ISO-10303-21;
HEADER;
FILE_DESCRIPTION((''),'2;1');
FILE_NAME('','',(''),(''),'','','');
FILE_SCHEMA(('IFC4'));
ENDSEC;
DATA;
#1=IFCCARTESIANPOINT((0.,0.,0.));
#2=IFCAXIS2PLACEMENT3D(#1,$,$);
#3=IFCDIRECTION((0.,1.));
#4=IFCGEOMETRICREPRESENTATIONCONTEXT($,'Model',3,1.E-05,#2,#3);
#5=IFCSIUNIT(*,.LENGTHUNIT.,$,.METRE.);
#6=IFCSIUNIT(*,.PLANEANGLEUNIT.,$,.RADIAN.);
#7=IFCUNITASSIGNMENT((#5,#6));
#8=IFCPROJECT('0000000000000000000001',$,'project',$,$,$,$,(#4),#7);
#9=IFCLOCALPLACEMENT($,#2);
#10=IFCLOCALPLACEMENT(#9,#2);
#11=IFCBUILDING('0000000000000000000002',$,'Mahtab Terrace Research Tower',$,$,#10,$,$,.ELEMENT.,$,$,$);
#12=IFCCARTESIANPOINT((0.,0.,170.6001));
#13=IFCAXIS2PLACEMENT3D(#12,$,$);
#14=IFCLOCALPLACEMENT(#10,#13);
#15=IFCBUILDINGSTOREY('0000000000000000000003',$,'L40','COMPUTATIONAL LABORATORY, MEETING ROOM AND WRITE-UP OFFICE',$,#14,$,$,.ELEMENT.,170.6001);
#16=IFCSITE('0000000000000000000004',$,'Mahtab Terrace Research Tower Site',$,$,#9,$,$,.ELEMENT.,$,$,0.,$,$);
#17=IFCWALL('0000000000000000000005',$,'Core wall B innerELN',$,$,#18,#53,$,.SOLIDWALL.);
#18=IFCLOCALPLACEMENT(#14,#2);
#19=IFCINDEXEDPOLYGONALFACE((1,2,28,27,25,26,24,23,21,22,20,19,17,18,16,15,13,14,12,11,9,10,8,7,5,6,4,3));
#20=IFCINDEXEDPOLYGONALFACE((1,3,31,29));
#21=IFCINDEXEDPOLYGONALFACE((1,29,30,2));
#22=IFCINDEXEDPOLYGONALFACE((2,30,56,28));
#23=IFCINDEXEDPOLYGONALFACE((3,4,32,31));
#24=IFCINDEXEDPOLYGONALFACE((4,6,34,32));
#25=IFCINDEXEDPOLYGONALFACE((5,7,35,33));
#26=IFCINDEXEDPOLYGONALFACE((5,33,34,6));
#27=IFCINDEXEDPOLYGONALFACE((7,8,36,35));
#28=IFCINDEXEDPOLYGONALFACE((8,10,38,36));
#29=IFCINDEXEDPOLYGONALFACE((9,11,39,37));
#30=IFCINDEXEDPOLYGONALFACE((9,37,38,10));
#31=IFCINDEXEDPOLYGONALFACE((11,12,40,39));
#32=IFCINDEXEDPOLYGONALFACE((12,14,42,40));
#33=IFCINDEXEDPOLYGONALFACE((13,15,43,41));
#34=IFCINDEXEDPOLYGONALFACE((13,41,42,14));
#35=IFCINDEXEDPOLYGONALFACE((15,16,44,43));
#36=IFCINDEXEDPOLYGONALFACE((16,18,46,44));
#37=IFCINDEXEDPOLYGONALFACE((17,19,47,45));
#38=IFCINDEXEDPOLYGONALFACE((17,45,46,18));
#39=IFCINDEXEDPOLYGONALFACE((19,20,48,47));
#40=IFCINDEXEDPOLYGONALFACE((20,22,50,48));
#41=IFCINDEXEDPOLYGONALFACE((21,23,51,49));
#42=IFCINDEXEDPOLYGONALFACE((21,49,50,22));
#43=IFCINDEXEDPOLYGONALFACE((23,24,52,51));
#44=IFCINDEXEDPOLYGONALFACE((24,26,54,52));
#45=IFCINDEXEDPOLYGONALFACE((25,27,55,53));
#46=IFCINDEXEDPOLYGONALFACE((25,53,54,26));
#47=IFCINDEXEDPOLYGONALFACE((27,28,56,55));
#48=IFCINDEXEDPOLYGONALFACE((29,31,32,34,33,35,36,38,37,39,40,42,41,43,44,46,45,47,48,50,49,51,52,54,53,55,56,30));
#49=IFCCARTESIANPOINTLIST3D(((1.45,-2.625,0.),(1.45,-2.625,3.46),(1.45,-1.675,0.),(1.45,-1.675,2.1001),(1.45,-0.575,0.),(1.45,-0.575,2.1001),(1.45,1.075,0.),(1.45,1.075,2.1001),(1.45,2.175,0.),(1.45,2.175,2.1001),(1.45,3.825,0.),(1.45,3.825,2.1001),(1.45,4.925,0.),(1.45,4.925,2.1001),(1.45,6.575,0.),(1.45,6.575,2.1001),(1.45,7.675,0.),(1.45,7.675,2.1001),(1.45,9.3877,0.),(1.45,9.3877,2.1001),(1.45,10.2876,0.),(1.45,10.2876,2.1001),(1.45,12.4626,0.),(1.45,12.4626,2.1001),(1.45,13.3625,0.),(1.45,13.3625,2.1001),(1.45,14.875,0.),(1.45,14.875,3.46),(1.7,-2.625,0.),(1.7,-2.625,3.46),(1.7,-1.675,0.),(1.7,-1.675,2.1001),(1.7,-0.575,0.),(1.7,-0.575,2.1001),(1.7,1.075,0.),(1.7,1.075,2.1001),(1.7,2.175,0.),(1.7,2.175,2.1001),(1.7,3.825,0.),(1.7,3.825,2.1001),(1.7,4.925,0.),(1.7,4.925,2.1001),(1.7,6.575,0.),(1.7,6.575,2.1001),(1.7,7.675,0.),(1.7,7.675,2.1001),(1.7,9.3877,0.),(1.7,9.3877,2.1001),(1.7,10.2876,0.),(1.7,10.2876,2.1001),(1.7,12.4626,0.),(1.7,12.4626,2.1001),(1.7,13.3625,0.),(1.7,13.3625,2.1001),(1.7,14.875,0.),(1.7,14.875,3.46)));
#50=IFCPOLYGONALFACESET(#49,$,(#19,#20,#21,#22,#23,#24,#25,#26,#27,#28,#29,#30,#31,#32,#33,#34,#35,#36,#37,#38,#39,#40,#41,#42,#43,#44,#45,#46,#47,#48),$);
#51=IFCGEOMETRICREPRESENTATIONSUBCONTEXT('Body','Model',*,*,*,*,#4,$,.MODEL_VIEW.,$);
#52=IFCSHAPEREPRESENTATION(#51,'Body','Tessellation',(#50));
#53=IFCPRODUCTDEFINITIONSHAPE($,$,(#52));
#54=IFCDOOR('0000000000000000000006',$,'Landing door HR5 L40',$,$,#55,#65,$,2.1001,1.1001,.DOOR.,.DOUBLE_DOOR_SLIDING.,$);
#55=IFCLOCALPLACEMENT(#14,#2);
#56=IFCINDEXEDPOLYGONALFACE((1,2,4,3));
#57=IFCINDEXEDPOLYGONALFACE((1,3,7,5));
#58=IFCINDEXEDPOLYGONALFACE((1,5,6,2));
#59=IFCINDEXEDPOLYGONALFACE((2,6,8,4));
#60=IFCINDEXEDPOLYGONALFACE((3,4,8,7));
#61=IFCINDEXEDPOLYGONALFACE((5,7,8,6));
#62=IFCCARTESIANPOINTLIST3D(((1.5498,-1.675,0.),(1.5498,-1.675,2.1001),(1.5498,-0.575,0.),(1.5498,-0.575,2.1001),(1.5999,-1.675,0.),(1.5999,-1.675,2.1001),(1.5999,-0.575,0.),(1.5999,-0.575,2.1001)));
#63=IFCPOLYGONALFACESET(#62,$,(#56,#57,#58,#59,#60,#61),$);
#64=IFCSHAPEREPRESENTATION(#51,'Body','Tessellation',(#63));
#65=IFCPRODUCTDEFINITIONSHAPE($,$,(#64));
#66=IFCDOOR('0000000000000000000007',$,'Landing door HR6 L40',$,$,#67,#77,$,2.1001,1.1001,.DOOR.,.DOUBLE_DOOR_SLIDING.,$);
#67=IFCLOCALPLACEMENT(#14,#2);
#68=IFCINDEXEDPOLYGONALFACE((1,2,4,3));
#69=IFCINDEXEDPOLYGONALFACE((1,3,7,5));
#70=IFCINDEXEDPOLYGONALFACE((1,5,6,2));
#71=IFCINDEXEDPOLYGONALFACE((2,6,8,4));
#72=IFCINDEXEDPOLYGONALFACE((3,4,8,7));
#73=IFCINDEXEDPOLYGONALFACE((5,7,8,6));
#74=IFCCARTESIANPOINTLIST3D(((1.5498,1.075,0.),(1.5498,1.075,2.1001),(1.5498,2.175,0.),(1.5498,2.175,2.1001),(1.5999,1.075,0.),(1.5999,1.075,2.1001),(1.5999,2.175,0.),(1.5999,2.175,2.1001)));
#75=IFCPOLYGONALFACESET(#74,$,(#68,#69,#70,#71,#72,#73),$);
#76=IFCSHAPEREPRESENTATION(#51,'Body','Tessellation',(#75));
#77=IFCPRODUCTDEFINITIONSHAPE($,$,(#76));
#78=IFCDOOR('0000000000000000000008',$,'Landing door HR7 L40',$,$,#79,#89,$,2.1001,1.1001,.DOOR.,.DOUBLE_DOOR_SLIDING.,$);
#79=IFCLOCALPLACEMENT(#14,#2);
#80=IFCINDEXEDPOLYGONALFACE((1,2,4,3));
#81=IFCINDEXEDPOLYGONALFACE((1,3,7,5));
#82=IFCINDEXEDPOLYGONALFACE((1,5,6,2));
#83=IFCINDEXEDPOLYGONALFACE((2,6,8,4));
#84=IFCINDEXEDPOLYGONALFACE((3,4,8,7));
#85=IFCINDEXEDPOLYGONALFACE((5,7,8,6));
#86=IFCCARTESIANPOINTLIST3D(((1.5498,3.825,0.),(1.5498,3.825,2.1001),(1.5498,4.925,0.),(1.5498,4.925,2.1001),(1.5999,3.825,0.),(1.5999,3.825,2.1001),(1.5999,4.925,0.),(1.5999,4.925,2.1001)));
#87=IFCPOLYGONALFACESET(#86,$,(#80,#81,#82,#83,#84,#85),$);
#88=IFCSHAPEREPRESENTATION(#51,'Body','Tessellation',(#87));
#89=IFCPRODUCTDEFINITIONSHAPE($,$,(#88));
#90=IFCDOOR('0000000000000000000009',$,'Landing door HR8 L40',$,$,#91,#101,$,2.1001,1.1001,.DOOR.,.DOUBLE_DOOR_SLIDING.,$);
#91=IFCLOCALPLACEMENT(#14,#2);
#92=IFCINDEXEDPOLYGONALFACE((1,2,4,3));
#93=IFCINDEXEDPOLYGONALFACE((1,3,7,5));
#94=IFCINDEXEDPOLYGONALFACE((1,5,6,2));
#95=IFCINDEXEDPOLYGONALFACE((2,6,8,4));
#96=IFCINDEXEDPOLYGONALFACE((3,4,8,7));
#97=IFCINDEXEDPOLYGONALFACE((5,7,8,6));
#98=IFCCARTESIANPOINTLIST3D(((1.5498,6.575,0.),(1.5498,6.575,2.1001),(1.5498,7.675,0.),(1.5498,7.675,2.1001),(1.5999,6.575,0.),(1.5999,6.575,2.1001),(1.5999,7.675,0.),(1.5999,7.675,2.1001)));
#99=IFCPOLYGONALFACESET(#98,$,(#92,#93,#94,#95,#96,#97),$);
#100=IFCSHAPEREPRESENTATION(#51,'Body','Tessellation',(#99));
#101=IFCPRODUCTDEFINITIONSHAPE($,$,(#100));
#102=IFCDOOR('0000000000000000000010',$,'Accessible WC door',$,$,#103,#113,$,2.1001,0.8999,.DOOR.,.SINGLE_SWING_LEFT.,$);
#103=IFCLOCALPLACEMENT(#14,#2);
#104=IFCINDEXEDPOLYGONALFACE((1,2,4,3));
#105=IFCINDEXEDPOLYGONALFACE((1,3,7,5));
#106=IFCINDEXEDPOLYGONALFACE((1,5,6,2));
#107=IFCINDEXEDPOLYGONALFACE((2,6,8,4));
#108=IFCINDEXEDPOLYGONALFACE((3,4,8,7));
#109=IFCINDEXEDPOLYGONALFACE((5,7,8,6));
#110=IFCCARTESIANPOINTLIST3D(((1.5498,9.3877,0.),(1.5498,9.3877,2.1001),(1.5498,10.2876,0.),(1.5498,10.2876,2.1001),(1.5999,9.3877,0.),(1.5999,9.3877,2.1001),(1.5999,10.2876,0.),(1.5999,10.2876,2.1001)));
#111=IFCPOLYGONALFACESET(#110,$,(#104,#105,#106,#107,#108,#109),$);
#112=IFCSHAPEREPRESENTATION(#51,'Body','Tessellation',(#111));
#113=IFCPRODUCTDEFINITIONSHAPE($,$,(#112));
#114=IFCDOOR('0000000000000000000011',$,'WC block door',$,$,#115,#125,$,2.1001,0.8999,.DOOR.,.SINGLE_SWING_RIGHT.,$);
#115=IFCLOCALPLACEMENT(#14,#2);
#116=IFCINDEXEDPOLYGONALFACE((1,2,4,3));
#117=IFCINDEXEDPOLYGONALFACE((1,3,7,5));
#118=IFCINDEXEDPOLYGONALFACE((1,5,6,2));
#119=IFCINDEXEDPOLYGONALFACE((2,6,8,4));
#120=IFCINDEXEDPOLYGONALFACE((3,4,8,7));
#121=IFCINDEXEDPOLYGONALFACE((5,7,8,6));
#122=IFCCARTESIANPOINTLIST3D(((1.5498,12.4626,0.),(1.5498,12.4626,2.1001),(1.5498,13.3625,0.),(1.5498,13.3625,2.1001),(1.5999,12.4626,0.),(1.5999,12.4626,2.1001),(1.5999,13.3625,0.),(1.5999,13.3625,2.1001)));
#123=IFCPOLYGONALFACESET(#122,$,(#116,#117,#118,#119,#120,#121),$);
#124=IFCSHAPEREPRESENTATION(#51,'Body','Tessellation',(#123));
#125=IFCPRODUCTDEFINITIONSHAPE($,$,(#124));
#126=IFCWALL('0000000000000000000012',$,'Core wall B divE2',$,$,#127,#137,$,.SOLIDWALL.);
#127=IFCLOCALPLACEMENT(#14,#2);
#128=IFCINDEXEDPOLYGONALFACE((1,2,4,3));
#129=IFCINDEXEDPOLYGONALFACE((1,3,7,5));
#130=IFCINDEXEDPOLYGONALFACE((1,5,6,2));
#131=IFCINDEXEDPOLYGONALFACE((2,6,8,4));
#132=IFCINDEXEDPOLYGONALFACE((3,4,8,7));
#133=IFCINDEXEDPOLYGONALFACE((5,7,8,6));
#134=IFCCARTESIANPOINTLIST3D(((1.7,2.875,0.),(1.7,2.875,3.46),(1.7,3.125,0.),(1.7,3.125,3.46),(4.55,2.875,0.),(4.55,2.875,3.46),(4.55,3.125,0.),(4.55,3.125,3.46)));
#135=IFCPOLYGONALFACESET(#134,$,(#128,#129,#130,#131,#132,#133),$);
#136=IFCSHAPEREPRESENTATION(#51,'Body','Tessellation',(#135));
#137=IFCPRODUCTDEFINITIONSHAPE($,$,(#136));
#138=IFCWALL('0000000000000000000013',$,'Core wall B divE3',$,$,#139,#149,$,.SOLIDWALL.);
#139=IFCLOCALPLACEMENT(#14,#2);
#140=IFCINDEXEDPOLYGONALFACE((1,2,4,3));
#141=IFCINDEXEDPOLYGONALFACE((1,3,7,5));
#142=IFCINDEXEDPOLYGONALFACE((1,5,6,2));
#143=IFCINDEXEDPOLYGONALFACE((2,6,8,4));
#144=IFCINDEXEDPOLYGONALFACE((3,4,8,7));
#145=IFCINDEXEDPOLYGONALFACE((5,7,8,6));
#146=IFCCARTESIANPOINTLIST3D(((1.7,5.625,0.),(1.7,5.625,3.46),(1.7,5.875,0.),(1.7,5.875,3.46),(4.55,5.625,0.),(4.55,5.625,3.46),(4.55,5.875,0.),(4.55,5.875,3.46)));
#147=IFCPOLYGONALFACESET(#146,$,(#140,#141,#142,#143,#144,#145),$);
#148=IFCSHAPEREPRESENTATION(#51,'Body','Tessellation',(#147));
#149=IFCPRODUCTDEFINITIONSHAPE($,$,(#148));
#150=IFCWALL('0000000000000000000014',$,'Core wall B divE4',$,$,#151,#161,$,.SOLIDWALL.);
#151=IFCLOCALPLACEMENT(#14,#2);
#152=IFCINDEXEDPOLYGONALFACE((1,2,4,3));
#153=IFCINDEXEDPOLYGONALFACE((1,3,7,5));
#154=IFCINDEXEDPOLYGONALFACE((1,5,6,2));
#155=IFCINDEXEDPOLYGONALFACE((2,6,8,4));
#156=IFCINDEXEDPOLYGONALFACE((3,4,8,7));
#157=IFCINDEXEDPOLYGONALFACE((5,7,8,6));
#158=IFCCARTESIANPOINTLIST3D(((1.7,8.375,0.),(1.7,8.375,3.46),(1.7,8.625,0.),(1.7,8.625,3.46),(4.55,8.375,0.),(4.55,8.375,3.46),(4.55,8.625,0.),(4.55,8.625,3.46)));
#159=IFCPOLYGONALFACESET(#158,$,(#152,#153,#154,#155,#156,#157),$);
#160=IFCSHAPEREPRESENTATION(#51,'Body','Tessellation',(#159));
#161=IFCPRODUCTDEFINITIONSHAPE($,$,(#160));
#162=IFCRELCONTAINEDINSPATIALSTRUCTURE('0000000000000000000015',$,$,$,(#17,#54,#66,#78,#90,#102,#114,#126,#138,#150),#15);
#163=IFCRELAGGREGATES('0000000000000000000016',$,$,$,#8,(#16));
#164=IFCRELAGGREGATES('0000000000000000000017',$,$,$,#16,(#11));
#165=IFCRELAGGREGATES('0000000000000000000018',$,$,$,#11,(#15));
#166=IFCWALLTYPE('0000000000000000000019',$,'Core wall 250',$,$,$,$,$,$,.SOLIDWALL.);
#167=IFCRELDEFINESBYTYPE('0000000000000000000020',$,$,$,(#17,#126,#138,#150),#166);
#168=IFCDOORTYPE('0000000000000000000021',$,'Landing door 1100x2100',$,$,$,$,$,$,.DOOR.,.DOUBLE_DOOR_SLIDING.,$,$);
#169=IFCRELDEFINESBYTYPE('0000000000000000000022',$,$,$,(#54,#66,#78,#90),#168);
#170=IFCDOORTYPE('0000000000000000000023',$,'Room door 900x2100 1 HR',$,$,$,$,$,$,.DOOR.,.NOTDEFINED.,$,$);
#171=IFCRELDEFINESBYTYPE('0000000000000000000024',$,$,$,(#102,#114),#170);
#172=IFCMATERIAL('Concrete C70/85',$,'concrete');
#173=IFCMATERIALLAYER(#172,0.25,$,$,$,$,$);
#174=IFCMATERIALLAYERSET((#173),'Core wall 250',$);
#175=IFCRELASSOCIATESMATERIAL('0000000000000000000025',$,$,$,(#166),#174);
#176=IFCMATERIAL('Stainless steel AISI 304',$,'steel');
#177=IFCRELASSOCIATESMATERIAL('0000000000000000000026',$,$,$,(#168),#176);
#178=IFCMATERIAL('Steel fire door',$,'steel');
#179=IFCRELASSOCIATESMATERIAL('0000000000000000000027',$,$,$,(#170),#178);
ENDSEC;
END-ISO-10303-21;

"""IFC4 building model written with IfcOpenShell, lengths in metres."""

from ifc_helpers import new_model, si_unit, direction, frame, frame_2d, origin, place, context, subcontext, project, spatial, rectangle, extrude, material, layer, layer_set, type_object, element, fill, save


model = new_model("IFC4")

# Units and contexts
model_context = context("Model", 3, precision=1e-05, world=origin(), true_north=direction((0.0, 1.0)))
body_context = subcontext(model_context, "Body", "Model", "MODEL_VIEW")
ifc_project = project(units=[si_unit("LENGTHUNIT", "METRE"), si_unit("PLANEANGLEUNIT", "RADIAN")], contexts=[model_context])

# Site, building, storey
site_placement = place(None, origin())
site = spatial("IfcSite", under=ifc_project, at=site_placement, Name="Mahtab Terrace Research Tower Site", CompositionType="ELEMENT", RefElevation=0.0)
building_placement = place(site_placement, origin())
building = spatial("IfcBuilding", under=site, at=building_placement, Name="Mahtab Terrace Research Tower", CompositionType="ELEMENT")
storey_placement = place(building_placement, frame((0.0, 0.0, 170.6001)))
storey = spatial("IfcBuildingStorey", under=building, at=storey_placement, Name="L40", Description="COMPUTATIONAL LABORATORY, MEETING ROOM AND WRITE-UP OFFICE", CompositionType="ELEMENT", Elevation=170.6001)

# Shared definitions
ifc_material_1 = material(Name="Concrete C70/85", Category="concrete")

# Wall, openings, doors
ifc_layer_1 = layer(ifc_material_1, 0.25)
ifc_layer_set_1 = layer_set([ifc_layer_1], Name="Core wall 250")
wall_type_1 = type_object("IfcWallType", Name="Core wall 250", PredefinedType="SOLIDWALL", material=ifc_layer_set_1)
wall_1_placement = place(storey_placement, frame((1.575, 14.875, 0.0), z_axis=(0.0, 0.0, 1.0), x_axis=(0.0, -1.0, 0.0)))
wall_1 = element("IfcWall", 1, at=wall_1_placement, inside=storey, type_object=wall_type_1, Name="Core wall B innerELN", PredefinedType="SOLIDWALL", context=body_context, shape_type="SweptSolid", body=[
    extrude(rectangle(XDim=17.5, YDim=0.25, at=frame_2d((8.75, 0.0))), origin(), (0.0, 0.0, 1.0), 3.46),
])
opening_1_placement = place(wall_1_placement, frame((15.45, 0.0, 0.0)))
opening_1 = element("IfcOpeningElement", 2, at=opening_1_placement, cuts=wall_1, PredefinedType="OPENING", context=body_context, shape_type="SweptSolid", body=[
    extrude(rectangle(XDim=1.1001, YDim=2.1001, at=frame_2d((0.55, 1.05))), frame((0.0, 0.135, 0.0), z_axis=(0.0, -1.0, 0.0), x_axis=(1.0, 0.0, 0.0)), (0.0, 0.0, 1.0), 0.27),
])
opening_2_placement = place(wall_1_placement, frame((12.7, 0.0, 0.0)))
opening_2 = element("IfcOpeningElement", 3, at=opening_2_placement, cuts=wall_1, PredefinedType="OPENING", context=body_context, shape_type="SweptSolid", body=[
    extrude(rectangle(XDim=1.1001, YDim=2.1001, at=frame_2d((0.55, 1.05))), frame((0.0, 0.135, 0.0), z_axis=(0.0, -1.0, 0.0), x_axis=(1.0, 0.0, 0.0)), (0.0, 0.0, 1.0), 0.27),
])
opening_3_placement = place(wall_1_placement, frame((9.95, 0.0, 0.0)))
opening_3 = element("IfcOpeningElement", 4, at=opening_3_placement, cuts=wall_1, PredefinedType="OPENING", context=body_context, shape_type="SweptSolid", body=[
    extrude(rectangle(XDim=1.1001, YDim=2.1001, at=frame_2d((0.55, 1.05))), frame((0.0, 0.135, 0.0), z_axis=(0.0, -1.0, 0.0), x_axis=(1.0, 0.0, 0.0)), (0.0, 0.0, 1.0), 0.27),
])
opening_4_placement = place(wall_1_placement, frame((7.2, 0.0, 0.0)))
opening_4 = element("IfcOpeningElement", 5, at=opening_4_placement, cuts=wall_1, PredefinedType="OPENING", context=body_context, shape_type="SweptSolid", body=[
    extrude(rectangle(XDim=1.1001, YDim=2.1001, at=frame_2d((0.55, 1.05))), frame((0.0, 0.135, 0.0), z_axis=(0.0, -1.0, 0.0), x_axis=(1.0, 0.0, 0.0)), (0.0, 0.0, 1.0), 0.27),
])
opening_5_placement = place(wall_1_placement, frame((4.5874, 0.0, 0.0)))
opening_5 = element("IfcOpeningElement", 6, at=opening_5_placement, cuts=wall_1, PredefinedType="OPENING", context=body_context, shape_type="SweptSolid", body=[
    extrude(rectangle(XDim=0.8999, YDim=2.1001, at=frame_2d((0.45, 1.05))), frame((0.0, 0.135, 0.0), z_axis=(0.0, -1.0, 0.0), x_axis=(1.0, 0.0, 0.0)), (0.0, 0.0, 1.0), 0.27),
])
opening_6_placement = place(wall_1_placement, frame((1.5125, 0.0, 0.0)))
opening_6 = element("IfcOpeningElement", 7, at=opening_6_placement, cuts=wall_1, PredefinedType="OPENING", context=body_context, shape_type="SweptSolid", body=[
    extrude(rectangle(XDim=0.8999, YDim=2.1001, at=frame_2d((0.45, 1.05))), frame((0.0, 0.135, 0.0), z_axis=(0.0, -1.0, 0.0), x_axis=(1.0, 0.0, 0.0)), (0.0, 0.0, 1.0), 0.27),
])
ifc_material_2 = material(Name="Stainless steel AISI 304", Category="steel")
door_type_1 = type_object("IfcDoorType", Name="Landing door 1100x2100", OperationType="DOUBLE_DOOR_SLIDING", PredefinedType="DOOR", material=ifc_material_2)
door_1_placement = place(opening_1_placement, origin())
door_1 = element("IfcDoor", 8, at=door_1_placement, inside=storey, type_object=door_type_1, Name="Landing door HR5 L40", OperationType="DOUBLE_DOOR_SLIDING", OverallHeight=2.1001, OverallWidth=1.1001, PredefinedType="DOOR", context=body_context, shape_type="SweptSolid", body=[
    extrude(rectangle(XDim=1.1001, YDim=2.1001, at=frame_2d((0.55, 1.05))), frame((0.0, 0.0249, 0.0), z_axis=(0.0, -1.0, 0.0), x_axis=(1.0, 0.0, 0.0)), (0.0, 0.0, 1.0), 0.05),
])
fill(opening_1, door_1)
door_2_placement = place(opening_2_placement, origin())
door_2 = element("IfcDoor", 9, at=door_2_placement, inside=storey, type_object=door_type_1, Name="Landing door HR6 L40", OperationType="DOUBLE_DOOR_SLIDING", OverallHeight=2.1001, OverallWidth=1.1001, PredefinedType="DOOR", context=body_context, shape_type="SweptSolid", body=[
    extrude(rectangle(XDim=1.1001, YDim=2.1001, at=frame_2d((0.55, 1.05))), frame((0.0, 0.0249, 0.0), z_axis=(0.0, -1.0, 0.0), x_axis=(1.0, 0.0, 0.0)), (0.0, 0.0, 1.0), 0.05),
])
fill(opening_2, door_2)
door_3_placement = place(opening_3_placement, origin())
door_3 = element("IfcDoor", 10, at=door_3_placement, inside=storey, type_object=door_type_1, Name="Landing door HR7 L40", OperationType="DOUBLE_DOOR_SLIDING", OverallHeight=2.1001, OverallWidth=1.1001, PredefinedType="DOOR", context=body_context, shape_type="SweptSolid", body=[
    extrude(rectangle(XDim=1.1001, YDim=2.1001, at=frame_2d((0.55, 1.05))), frame((0.0, 0.0249, 0.0), z_axis=(0.0, -1.0, 0.0), x_axis=(1.0, 0.0, 0.0)), (0.0, 0.0, 1.0), 0.05),
])
fill(opening_3, door_3)
door_4_placement = place(opening_4_placement, origin())
door_4 = element("IfcDoor", 11, at=door_4_placement, inside=storey, type_object=door_type_1, Name="Landing door HR8 L40", OperationType="DOUBLE_DOOR_SLIDING", OverallHeight=2.1001, OverallWidth=1.1001, PredefinedType="DOOR", context=body_context, shape_type="SweptSolid", body=[
    extrude(rectangle(XDim=1.1001, YDim=2.1001, at=frame_2d((0.55, 1.05))), frame((0.0, 0.0249, 0.0), z_axis=(0.0, -1.0, 0.0), x_axis=(1.0, 0.0, 0.0)), (0.0, 0.0, 1.0), 0.05),
])
fill(opening_4, door_4)
ifc_material_3 = material(Name="Steel fire door", Category="steel")
door_type_2 = type_object("IfcDoorType", Name="Room door 900x2100 1 HR", OperationType="NOTDEFINED", PredefinedType="DOOR", material=ifc_material_3)
door_5_placement = place(opening_5_placement, origin())
door_5 = element("IfcDoor", 12, at=door_5_placement, inside=storey, type_object=door_type_2, Name="Accessible WC door", OperationType="SINGLE_SWING_LEFT", OverallHeight=2.1001, OverallWidth=0.8999, PredefinedType="DOOR", context=body_context, shape_type="SweptSolid", body=[
    extrude(rectangle(XDim=0.8999, YDim=2.1001, at=frame_2d((0.45, 1.05))), frame((0.0, 0.0249, 0.0), z_axis=(0.0, -1.0, 0.0), x_axis=(1.0, 0.0, 0.0)), (0.0, 0.0, 1.0), 0.05),
])
fill(opening_5, door_5)
door_6_placement = place(opening_6_placement, origin())
door_6 = element("IfcDoor", 13, at=door_6_placement, inside=storey, type_object=door_type_2, Name="WC block door", OperationType="SINGLE_SWING_RIGHT", OverallHeight=2.1001, OverallWidth=0.8999, PredefinedType="DOOR", context=body_context, shape_type="SweptSolid", body=[
    extrude(rectangle(XDim=0.8999, YDim=2.1001, at=frame_2d((0.45, 1.05))), frame((0.0, 0.0249, 0.0), z_axis=(0.0, -1.0, 0.0), x_axis=(1.0, 0.0, 0.0)), (0.0, 0.0, 1.0), 0.05),
])
fill(opening_6, door_6)

# Walls
for number, where, z_axis, x_axis, name in (
    (14, (1.7, 3.0, 0.0), (0.0, 0.0, 1.0), (1.0, 0.0, 0.0), "Core wall B divE2"),
    (15, (1.7, 5.75, 0.0), (0.0, 0.0, 1.0), (1.0, 0.0, 0.0), "Core wall B divE3"),
    (16, (1.7, 8.5, 0.0), (0.0, 0.0, 1.0), (1.0, 0.0, 0.0), "Core wall B divE4"),
):
    element("IfcWall", number, at=place(storey_placement, frame(where, z_axis=z_axis, x_axis=x_axis)), inside=storey, type_object=wall_type_1, Name=name, PredefinedType="SOLIDWALL", context=body_context, shape_type="SweptSolid", body=[
        extrude(rectangle(XDim=2.8501, YDim=0.25, at=frame_2d((1.425, 0.0))), origin(), (0.0, 0.0, 1.0), 3.46),
    ])

save(model, "model.ifc")
